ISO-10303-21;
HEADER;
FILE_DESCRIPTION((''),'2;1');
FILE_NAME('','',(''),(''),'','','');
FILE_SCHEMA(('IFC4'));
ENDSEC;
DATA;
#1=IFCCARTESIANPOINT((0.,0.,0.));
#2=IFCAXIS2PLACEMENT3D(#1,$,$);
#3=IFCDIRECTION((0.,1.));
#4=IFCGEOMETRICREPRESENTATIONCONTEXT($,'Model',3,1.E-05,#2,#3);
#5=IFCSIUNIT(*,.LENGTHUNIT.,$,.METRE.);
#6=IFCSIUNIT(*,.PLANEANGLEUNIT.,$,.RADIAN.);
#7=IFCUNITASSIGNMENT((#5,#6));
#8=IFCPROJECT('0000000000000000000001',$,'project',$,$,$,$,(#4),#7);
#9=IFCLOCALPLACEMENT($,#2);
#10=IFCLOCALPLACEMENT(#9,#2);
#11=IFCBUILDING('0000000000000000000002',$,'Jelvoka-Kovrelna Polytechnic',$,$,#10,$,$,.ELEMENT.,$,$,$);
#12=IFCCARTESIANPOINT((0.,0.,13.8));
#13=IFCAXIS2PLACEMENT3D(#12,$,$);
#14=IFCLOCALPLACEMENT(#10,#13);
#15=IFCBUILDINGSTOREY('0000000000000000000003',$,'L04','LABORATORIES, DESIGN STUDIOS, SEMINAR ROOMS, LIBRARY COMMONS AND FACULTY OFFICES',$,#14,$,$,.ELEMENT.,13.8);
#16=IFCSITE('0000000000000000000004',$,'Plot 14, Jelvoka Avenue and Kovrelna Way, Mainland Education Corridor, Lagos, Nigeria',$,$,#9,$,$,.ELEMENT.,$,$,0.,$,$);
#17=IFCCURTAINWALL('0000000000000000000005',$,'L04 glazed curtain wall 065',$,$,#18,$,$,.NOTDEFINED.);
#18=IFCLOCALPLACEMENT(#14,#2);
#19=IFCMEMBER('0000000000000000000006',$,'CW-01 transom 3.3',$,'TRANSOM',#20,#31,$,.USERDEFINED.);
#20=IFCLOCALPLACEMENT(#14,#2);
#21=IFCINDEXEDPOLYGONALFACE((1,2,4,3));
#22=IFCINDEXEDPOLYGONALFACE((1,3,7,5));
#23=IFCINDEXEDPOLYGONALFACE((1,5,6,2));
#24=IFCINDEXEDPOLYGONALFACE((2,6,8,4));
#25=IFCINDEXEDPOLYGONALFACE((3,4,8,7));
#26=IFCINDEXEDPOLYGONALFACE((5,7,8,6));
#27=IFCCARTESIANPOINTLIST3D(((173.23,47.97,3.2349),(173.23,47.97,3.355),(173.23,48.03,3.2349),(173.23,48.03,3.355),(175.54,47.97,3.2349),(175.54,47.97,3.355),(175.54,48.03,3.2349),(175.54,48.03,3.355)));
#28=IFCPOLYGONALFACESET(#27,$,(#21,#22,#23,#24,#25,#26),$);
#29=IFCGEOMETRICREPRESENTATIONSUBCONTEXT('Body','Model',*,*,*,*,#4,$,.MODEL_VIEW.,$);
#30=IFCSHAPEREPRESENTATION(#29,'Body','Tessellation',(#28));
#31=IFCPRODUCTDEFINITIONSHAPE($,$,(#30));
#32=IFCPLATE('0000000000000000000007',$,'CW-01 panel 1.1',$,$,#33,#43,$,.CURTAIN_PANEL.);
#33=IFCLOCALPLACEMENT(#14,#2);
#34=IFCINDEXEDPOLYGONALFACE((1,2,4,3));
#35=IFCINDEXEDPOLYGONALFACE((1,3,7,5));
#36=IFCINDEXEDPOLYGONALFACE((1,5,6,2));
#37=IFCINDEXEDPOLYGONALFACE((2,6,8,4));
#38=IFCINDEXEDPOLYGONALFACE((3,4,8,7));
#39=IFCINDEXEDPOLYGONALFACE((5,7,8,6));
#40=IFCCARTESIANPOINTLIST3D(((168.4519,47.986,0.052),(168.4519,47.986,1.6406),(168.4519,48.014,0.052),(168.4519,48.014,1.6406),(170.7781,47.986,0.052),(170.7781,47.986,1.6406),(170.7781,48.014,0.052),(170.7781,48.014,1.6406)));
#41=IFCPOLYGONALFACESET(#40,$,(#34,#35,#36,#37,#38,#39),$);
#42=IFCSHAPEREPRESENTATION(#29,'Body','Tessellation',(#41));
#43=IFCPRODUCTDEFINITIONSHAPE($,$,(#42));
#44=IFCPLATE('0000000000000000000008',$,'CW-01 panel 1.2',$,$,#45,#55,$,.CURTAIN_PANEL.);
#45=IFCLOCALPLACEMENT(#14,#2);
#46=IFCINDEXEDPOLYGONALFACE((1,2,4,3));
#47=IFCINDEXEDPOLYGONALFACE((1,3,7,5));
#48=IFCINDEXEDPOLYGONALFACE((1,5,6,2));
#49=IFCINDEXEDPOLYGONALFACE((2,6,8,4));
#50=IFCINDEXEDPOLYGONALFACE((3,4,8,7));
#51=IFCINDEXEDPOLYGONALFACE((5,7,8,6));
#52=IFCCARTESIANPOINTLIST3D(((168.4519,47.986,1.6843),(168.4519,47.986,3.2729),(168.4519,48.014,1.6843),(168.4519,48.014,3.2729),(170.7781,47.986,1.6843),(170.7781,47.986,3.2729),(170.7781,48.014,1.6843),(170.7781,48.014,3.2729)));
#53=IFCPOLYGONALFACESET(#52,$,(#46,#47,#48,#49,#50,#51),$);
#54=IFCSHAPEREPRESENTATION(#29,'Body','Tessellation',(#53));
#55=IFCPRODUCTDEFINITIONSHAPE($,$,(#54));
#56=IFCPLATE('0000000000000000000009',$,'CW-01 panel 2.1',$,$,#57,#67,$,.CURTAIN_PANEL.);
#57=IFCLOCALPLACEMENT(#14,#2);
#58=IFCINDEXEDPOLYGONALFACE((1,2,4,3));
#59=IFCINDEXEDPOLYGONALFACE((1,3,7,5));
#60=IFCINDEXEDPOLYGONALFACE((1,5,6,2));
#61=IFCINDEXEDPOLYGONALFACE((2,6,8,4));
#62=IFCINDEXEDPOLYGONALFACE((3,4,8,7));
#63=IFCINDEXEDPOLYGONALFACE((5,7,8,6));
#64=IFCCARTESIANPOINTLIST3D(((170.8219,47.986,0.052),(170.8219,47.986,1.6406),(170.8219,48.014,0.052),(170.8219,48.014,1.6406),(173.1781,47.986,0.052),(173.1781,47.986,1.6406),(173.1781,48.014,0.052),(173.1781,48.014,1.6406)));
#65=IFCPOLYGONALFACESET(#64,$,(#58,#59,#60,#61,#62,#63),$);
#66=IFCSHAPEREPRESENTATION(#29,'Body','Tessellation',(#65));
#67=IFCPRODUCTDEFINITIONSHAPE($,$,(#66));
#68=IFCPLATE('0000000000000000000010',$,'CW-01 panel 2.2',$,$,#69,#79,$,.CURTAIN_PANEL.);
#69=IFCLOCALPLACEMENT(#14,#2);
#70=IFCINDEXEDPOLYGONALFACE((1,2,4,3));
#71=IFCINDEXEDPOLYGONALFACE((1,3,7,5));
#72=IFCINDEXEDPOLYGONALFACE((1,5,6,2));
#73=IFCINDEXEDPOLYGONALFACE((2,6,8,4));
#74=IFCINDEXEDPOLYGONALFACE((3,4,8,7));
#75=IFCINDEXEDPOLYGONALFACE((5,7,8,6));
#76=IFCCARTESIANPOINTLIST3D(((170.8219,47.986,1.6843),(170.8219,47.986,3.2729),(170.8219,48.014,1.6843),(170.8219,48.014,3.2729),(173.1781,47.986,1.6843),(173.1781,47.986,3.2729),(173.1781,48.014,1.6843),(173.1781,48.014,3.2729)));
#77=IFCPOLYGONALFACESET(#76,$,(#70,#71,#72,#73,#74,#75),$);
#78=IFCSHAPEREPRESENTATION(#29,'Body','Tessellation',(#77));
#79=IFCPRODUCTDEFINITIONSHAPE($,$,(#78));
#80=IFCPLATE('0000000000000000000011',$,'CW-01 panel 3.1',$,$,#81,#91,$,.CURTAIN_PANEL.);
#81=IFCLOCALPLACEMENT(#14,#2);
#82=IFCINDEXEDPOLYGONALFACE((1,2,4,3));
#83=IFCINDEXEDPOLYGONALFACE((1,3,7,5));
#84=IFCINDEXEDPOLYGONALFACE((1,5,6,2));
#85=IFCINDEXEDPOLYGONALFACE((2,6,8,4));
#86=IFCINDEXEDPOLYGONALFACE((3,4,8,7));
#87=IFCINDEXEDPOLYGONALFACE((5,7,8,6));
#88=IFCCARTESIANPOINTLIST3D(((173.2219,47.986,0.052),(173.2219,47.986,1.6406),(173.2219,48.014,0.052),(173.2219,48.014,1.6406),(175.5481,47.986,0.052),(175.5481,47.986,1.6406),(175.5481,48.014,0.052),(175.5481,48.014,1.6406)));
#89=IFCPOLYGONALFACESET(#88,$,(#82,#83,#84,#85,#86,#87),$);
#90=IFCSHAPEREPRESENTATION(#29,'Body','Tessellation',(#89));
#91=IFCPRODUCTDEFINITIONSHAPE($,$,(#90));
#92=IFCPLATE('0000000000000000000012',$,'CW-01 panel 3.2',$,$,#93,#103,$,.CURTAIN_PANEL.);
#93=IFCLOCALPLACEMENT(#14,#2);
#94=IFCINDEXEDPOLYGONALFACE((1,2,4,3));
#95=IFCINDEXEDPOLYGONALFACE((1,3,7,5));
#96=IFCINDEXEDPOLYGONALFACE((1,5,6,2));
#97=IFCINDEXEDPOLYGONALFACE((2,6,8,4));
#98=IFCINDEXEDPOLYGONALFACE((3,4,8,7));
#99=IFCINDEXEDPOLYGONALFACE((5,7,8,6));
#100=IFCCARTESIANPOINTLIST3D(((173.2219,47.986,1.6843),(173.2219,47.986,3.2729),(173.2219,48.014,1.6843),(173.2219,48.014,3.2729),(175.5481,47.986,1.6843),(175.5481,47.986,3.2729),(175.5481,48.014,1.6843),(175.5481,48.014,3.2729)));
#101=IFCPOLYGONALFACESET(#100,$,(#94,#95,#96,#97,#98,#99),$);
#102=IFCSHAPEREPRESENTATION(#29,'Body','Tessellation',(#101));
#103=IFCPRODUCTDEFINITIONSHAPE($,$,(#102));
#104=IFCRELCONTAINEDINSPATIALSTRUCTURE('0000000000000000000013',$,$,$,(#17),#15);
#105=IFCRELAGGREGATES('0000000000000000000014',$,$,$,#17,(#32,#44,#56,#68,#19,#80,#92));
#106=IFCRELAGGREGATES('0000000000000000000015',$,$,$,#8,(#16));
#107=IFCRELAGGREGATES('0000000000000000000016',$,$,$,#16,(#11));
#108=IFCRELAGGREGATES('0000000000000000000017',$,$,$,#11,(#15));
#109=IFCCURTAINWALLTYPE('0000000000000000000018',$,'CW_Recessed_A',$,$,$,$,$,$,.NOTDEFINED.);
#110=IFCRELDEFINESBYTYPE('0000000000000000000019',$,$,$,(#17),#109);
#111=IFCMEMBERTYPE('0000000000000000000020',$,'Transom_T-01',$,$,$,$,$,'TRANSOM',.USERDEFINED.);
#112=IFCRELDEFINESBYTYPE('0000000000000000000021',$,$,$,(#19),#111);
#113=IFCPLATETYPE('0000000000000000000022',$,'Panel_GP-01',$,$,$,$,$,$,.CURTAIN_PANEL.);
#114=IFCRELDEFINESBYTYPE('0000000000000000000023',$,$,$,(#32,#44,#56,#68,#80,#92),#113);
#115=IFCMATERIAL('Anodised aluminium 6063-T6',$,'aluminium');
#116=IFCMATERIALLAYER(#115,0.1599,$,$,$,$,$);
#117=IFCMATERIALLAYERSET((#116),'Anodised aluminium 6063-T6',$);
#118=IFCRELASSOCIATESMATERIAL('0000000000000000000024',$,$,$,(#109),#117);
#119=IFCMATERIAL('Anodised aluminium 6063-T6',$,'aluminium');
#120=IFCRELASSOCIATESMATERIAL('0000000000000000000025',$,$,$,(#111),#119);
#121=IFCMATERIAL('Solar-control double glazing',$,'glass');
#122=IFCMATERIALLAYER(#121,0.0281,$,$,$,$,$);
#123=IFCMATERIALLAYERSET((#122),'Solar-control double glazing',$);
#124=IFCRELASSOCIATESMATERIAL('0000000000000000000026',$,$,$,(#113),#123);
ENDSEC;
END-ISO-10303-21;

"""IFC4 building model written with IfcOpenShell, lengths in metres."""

from ifc_helpers import new_model, si_unit, direction, frame, origin, origin_2d, place, context, subcontext, project, spatial, rectangle, extrude, material, layer, layer_set, material_profile, profile_set, type_object, element, aggregate, save


model = new_model("IFC4")

# Units and contexts
model_context = context("Model", 3, precision=1e-05, world=origin(), true_north=direction((0.0, 1.0)))
body_context = subcontext(model_context, "Body", "Model", "MODEL_VIEW")
ifc_project = project(units=[si_unit("LENGTHUNIT", "METRE"), si_unit("PLANEANGLEUNIT", "RADIAN")], contexts=[model_context])

# Site, building, storey
site_placement = place(None, origin())
site = spatial("IfcSite", under=ifc_project, at=site_placement, Name="Plot 14, Jelvoka Avenue and Kovrelna Way, Mainland Education Corridor, Lagos, Nigeria", CompositionType="ELEMENT", RefElevation=0.0)
building_placement = place(site_placement, origin())
building = spatial("IfcBuilding", under=site, at=building_placement, Name="Jelvoka-Kovrelna Polytechnic", CompositionType="ELEMENT")
storey_placement = place(building_placement, frame((0.0, 0.0, 13.8)))
storey = spatial("IfcBuildingStorey", under=building, at=storey_placement, Name="L04", Description="LABORATORIES, DESIGN STUDIOS, SEMINAR ROOMS, LIBRARY COMMONS AND FACULTY OFFICES", CompositionType="ELEMENT", Elevation=13.8)

# Curtain wall, member, plates
ifc_material_1 = material(Name="Anodised aluminium 6063-T6", Category="aluminium")
ifc_layer_1 = layer(ifc_material_1, 0.1599)
ifc_layer_set_1 = layer_set([ifc_layer_1], Name="Anodised aluminium 6063-T6")
curtain_wall_type = type_object("IfcCurtainWallType", Name="CW_Recessed_A", PredefinedType="NOTDEFINED", material=ifc_layer_set_1)
curtain_wall_placement = place(storey_placement, origin())
curtain_wall = element("IfcCurtainWall", 1, at=curtain_wall_placement, inside=storey, type_object=curtain_wall_type, Name="L04 glazed curtain wall 065", PredefinedType="NOTDEFINED")
ifc_material_2 = material(Name="Anodised aluminium 6063-T6", Category="aluminium")
ifc_material_profile_1 = material_profile(ifc_material_2, rectangle(XDim=0.0601, YDim=0.1201, at=origin_2d()), Name="ALU 60x120")
ifc_profile_set_1 = profile_set([ifc_material_profile_1], Name="Anodised aluminium 6063-T6")
member_type_1 = type_object("IfcMemberType", Name="Transom_T-01", ElementType="TRANSOM", PredefinedType="USERDEFINED", material=ifc_profile_set_1)
member_1_placement = place(storey_placement, frame((173.23, 48.0, 3.2949), z_axis=(1.0, 0.0, 0.0), x_axis=(0.0, 1.0, 0.0)))
member_1 = element("IfcMember", 2, at=member_1_placement, type_object=member_type_1, Name="CW-01 transom 3.3", ObjectType="TRANSOM", PredefinedType="USERDEFINED", context=body_context, shape_type="SweptSolid", body=[
    extrude(rectangle(XDim=0.0601, YDim=0.1201, at=origin_2d()), origin(), (0.0, 0.0, 1.0), 2.3101),
])
ifc_material_3 = material(Name="Solar-control double glazing", Category="glass")
ifc_layer_2 = layer(ifc_material_3, 0.0281)
ifc_layer_set_2 = layer_set([ifc_layer_2], Name="Solar-control double glazing")
plate_type = type_object("IfcPlateType", Name="Panel_GP-01", PredefinedType="CURTAIN_PANEL", material=ifc_layer_set_2)
plate_1_placement = place(storey_placement, frame((169.615, 48.0, 0.052), z_axis=(0.0, 0.0, 1.0), x_axis=(1.0, 0.0, 0.0)))
plate_1 = element("IfcPlate", 3, at=plate_1_placement, type_object=plate_type, Name="CW-01 panel 1.1", PredefinedType="CURTAIN_PANEL", context=body_context, shape_type="SweptSolid", body=[
    extrude(rectangle(XDim=2.3262, YDim=0.0281, at=origin_2d()), origin(), (0.0, 0.0, 1.0), 1.5886),
])
plate_2_placement = place(storey_placement, frame((169.615, 48.0, 1.6843), z_axis=(0.0, 0.0, 1.0), x_axis=(1.0, 0.0, 0.0)))
plate_2 = element("IfcPlate", 4, at=plate_2_placement, type_object=plate_type, Name="CW-01 panel 1.2", PredefinedType="CURTAIN_PANEL", context=body_context, shape_type="SweptSolid", body=[
    extrude(rectangle(XDim=2.3262, YDim=0.0281, at=origin_2d()), origin(), (0.0, 0.0, 1.0), 1.5886),
])
plate_3_placement = place(storey_placement, frame((172.0, 48.0, 0.052), z_axis=(0.0, 0.0, 1.0), x_axis=(1.0, 0.0, 0.0)))
plate_3 = element("IfcPlate", 5, at=plate_3_placement, type_object=plate_type, Name="CW-01 panel 2.1", PredefinedType="CURTAIN_PANEL", context=body_context, shape_type="SweptSolid", body=[
    extrude(rectangle(XDim=2.3562, YDim=0.0281, at=origin_2d()), origin(), (0.0, 0.0, 1.0), 1.5886),
])
plate_4_placement = place(storey_placement, frame((172.0, 48.0, 1.6843), z_axis=(0.0, 0.0, 1.0), x_axis=(1.0, 0.0, 0.0)))
plate_4 = element("IfcPlate", 6, at=plate_4_placement, type_object=plate_type, Name="CW-01 panel 2.2", PredefinedType="CURTAIN_PANEL", context=body_context, shape_type="SweptSolid", body=[
    extrude(rectangle(XDim=2.3562, YDim=0.0281, at=origin_2d()), origin(), (0.0, 0.0, 1.0), 1.5886),
])
plate_5_placement = place(storey_placement, frame((174.385, 48.0, 0.052), z_axis=(0.0, 0.0, 1.0), x_axis=(1.0, 0.0, 0.0)))
plate_5 = element("IfcPlate", 7, at=plate_5_placement, type_object=plate_type, Name="CW-01 panel 3.1", PredefinedType="CURTAIN_PANEL", context=body_context, shape_type="SweptSolid", body=[
    extrude(rectangle(XDim=2.3262, YDim=0.0281, at=origin_2d()), origin(), (0.0, 0.0, 1.0), 1.5886),
])
plate_6_placement = place(storey_placement, frame((174.385, 48.0, 1.6843), z_axis=(0.0, 0.0, 1.0), x_axis=(1.0, 0.0, 0.0)))
plate_6 = element("IfcPlate", 8, at=plate_6_placement, type_object=plate_type, Name="CW-01 panel 3.2", PredefinedType="CURTAIN_PANEL", context=body_context, shape_type="SweptSolid", body=[
    extrude(rectangle(XDim=2.3262, YDim=0.0281, at=origin_2d()), origin(), (0.0, 0.0, 1.0), 1.5886),
])
aggregate(curtain_wall, [plate_1, plate_2, plate_3, plate_4, member_1, plate_5, plate_6])

save(model, "model.ifc")
